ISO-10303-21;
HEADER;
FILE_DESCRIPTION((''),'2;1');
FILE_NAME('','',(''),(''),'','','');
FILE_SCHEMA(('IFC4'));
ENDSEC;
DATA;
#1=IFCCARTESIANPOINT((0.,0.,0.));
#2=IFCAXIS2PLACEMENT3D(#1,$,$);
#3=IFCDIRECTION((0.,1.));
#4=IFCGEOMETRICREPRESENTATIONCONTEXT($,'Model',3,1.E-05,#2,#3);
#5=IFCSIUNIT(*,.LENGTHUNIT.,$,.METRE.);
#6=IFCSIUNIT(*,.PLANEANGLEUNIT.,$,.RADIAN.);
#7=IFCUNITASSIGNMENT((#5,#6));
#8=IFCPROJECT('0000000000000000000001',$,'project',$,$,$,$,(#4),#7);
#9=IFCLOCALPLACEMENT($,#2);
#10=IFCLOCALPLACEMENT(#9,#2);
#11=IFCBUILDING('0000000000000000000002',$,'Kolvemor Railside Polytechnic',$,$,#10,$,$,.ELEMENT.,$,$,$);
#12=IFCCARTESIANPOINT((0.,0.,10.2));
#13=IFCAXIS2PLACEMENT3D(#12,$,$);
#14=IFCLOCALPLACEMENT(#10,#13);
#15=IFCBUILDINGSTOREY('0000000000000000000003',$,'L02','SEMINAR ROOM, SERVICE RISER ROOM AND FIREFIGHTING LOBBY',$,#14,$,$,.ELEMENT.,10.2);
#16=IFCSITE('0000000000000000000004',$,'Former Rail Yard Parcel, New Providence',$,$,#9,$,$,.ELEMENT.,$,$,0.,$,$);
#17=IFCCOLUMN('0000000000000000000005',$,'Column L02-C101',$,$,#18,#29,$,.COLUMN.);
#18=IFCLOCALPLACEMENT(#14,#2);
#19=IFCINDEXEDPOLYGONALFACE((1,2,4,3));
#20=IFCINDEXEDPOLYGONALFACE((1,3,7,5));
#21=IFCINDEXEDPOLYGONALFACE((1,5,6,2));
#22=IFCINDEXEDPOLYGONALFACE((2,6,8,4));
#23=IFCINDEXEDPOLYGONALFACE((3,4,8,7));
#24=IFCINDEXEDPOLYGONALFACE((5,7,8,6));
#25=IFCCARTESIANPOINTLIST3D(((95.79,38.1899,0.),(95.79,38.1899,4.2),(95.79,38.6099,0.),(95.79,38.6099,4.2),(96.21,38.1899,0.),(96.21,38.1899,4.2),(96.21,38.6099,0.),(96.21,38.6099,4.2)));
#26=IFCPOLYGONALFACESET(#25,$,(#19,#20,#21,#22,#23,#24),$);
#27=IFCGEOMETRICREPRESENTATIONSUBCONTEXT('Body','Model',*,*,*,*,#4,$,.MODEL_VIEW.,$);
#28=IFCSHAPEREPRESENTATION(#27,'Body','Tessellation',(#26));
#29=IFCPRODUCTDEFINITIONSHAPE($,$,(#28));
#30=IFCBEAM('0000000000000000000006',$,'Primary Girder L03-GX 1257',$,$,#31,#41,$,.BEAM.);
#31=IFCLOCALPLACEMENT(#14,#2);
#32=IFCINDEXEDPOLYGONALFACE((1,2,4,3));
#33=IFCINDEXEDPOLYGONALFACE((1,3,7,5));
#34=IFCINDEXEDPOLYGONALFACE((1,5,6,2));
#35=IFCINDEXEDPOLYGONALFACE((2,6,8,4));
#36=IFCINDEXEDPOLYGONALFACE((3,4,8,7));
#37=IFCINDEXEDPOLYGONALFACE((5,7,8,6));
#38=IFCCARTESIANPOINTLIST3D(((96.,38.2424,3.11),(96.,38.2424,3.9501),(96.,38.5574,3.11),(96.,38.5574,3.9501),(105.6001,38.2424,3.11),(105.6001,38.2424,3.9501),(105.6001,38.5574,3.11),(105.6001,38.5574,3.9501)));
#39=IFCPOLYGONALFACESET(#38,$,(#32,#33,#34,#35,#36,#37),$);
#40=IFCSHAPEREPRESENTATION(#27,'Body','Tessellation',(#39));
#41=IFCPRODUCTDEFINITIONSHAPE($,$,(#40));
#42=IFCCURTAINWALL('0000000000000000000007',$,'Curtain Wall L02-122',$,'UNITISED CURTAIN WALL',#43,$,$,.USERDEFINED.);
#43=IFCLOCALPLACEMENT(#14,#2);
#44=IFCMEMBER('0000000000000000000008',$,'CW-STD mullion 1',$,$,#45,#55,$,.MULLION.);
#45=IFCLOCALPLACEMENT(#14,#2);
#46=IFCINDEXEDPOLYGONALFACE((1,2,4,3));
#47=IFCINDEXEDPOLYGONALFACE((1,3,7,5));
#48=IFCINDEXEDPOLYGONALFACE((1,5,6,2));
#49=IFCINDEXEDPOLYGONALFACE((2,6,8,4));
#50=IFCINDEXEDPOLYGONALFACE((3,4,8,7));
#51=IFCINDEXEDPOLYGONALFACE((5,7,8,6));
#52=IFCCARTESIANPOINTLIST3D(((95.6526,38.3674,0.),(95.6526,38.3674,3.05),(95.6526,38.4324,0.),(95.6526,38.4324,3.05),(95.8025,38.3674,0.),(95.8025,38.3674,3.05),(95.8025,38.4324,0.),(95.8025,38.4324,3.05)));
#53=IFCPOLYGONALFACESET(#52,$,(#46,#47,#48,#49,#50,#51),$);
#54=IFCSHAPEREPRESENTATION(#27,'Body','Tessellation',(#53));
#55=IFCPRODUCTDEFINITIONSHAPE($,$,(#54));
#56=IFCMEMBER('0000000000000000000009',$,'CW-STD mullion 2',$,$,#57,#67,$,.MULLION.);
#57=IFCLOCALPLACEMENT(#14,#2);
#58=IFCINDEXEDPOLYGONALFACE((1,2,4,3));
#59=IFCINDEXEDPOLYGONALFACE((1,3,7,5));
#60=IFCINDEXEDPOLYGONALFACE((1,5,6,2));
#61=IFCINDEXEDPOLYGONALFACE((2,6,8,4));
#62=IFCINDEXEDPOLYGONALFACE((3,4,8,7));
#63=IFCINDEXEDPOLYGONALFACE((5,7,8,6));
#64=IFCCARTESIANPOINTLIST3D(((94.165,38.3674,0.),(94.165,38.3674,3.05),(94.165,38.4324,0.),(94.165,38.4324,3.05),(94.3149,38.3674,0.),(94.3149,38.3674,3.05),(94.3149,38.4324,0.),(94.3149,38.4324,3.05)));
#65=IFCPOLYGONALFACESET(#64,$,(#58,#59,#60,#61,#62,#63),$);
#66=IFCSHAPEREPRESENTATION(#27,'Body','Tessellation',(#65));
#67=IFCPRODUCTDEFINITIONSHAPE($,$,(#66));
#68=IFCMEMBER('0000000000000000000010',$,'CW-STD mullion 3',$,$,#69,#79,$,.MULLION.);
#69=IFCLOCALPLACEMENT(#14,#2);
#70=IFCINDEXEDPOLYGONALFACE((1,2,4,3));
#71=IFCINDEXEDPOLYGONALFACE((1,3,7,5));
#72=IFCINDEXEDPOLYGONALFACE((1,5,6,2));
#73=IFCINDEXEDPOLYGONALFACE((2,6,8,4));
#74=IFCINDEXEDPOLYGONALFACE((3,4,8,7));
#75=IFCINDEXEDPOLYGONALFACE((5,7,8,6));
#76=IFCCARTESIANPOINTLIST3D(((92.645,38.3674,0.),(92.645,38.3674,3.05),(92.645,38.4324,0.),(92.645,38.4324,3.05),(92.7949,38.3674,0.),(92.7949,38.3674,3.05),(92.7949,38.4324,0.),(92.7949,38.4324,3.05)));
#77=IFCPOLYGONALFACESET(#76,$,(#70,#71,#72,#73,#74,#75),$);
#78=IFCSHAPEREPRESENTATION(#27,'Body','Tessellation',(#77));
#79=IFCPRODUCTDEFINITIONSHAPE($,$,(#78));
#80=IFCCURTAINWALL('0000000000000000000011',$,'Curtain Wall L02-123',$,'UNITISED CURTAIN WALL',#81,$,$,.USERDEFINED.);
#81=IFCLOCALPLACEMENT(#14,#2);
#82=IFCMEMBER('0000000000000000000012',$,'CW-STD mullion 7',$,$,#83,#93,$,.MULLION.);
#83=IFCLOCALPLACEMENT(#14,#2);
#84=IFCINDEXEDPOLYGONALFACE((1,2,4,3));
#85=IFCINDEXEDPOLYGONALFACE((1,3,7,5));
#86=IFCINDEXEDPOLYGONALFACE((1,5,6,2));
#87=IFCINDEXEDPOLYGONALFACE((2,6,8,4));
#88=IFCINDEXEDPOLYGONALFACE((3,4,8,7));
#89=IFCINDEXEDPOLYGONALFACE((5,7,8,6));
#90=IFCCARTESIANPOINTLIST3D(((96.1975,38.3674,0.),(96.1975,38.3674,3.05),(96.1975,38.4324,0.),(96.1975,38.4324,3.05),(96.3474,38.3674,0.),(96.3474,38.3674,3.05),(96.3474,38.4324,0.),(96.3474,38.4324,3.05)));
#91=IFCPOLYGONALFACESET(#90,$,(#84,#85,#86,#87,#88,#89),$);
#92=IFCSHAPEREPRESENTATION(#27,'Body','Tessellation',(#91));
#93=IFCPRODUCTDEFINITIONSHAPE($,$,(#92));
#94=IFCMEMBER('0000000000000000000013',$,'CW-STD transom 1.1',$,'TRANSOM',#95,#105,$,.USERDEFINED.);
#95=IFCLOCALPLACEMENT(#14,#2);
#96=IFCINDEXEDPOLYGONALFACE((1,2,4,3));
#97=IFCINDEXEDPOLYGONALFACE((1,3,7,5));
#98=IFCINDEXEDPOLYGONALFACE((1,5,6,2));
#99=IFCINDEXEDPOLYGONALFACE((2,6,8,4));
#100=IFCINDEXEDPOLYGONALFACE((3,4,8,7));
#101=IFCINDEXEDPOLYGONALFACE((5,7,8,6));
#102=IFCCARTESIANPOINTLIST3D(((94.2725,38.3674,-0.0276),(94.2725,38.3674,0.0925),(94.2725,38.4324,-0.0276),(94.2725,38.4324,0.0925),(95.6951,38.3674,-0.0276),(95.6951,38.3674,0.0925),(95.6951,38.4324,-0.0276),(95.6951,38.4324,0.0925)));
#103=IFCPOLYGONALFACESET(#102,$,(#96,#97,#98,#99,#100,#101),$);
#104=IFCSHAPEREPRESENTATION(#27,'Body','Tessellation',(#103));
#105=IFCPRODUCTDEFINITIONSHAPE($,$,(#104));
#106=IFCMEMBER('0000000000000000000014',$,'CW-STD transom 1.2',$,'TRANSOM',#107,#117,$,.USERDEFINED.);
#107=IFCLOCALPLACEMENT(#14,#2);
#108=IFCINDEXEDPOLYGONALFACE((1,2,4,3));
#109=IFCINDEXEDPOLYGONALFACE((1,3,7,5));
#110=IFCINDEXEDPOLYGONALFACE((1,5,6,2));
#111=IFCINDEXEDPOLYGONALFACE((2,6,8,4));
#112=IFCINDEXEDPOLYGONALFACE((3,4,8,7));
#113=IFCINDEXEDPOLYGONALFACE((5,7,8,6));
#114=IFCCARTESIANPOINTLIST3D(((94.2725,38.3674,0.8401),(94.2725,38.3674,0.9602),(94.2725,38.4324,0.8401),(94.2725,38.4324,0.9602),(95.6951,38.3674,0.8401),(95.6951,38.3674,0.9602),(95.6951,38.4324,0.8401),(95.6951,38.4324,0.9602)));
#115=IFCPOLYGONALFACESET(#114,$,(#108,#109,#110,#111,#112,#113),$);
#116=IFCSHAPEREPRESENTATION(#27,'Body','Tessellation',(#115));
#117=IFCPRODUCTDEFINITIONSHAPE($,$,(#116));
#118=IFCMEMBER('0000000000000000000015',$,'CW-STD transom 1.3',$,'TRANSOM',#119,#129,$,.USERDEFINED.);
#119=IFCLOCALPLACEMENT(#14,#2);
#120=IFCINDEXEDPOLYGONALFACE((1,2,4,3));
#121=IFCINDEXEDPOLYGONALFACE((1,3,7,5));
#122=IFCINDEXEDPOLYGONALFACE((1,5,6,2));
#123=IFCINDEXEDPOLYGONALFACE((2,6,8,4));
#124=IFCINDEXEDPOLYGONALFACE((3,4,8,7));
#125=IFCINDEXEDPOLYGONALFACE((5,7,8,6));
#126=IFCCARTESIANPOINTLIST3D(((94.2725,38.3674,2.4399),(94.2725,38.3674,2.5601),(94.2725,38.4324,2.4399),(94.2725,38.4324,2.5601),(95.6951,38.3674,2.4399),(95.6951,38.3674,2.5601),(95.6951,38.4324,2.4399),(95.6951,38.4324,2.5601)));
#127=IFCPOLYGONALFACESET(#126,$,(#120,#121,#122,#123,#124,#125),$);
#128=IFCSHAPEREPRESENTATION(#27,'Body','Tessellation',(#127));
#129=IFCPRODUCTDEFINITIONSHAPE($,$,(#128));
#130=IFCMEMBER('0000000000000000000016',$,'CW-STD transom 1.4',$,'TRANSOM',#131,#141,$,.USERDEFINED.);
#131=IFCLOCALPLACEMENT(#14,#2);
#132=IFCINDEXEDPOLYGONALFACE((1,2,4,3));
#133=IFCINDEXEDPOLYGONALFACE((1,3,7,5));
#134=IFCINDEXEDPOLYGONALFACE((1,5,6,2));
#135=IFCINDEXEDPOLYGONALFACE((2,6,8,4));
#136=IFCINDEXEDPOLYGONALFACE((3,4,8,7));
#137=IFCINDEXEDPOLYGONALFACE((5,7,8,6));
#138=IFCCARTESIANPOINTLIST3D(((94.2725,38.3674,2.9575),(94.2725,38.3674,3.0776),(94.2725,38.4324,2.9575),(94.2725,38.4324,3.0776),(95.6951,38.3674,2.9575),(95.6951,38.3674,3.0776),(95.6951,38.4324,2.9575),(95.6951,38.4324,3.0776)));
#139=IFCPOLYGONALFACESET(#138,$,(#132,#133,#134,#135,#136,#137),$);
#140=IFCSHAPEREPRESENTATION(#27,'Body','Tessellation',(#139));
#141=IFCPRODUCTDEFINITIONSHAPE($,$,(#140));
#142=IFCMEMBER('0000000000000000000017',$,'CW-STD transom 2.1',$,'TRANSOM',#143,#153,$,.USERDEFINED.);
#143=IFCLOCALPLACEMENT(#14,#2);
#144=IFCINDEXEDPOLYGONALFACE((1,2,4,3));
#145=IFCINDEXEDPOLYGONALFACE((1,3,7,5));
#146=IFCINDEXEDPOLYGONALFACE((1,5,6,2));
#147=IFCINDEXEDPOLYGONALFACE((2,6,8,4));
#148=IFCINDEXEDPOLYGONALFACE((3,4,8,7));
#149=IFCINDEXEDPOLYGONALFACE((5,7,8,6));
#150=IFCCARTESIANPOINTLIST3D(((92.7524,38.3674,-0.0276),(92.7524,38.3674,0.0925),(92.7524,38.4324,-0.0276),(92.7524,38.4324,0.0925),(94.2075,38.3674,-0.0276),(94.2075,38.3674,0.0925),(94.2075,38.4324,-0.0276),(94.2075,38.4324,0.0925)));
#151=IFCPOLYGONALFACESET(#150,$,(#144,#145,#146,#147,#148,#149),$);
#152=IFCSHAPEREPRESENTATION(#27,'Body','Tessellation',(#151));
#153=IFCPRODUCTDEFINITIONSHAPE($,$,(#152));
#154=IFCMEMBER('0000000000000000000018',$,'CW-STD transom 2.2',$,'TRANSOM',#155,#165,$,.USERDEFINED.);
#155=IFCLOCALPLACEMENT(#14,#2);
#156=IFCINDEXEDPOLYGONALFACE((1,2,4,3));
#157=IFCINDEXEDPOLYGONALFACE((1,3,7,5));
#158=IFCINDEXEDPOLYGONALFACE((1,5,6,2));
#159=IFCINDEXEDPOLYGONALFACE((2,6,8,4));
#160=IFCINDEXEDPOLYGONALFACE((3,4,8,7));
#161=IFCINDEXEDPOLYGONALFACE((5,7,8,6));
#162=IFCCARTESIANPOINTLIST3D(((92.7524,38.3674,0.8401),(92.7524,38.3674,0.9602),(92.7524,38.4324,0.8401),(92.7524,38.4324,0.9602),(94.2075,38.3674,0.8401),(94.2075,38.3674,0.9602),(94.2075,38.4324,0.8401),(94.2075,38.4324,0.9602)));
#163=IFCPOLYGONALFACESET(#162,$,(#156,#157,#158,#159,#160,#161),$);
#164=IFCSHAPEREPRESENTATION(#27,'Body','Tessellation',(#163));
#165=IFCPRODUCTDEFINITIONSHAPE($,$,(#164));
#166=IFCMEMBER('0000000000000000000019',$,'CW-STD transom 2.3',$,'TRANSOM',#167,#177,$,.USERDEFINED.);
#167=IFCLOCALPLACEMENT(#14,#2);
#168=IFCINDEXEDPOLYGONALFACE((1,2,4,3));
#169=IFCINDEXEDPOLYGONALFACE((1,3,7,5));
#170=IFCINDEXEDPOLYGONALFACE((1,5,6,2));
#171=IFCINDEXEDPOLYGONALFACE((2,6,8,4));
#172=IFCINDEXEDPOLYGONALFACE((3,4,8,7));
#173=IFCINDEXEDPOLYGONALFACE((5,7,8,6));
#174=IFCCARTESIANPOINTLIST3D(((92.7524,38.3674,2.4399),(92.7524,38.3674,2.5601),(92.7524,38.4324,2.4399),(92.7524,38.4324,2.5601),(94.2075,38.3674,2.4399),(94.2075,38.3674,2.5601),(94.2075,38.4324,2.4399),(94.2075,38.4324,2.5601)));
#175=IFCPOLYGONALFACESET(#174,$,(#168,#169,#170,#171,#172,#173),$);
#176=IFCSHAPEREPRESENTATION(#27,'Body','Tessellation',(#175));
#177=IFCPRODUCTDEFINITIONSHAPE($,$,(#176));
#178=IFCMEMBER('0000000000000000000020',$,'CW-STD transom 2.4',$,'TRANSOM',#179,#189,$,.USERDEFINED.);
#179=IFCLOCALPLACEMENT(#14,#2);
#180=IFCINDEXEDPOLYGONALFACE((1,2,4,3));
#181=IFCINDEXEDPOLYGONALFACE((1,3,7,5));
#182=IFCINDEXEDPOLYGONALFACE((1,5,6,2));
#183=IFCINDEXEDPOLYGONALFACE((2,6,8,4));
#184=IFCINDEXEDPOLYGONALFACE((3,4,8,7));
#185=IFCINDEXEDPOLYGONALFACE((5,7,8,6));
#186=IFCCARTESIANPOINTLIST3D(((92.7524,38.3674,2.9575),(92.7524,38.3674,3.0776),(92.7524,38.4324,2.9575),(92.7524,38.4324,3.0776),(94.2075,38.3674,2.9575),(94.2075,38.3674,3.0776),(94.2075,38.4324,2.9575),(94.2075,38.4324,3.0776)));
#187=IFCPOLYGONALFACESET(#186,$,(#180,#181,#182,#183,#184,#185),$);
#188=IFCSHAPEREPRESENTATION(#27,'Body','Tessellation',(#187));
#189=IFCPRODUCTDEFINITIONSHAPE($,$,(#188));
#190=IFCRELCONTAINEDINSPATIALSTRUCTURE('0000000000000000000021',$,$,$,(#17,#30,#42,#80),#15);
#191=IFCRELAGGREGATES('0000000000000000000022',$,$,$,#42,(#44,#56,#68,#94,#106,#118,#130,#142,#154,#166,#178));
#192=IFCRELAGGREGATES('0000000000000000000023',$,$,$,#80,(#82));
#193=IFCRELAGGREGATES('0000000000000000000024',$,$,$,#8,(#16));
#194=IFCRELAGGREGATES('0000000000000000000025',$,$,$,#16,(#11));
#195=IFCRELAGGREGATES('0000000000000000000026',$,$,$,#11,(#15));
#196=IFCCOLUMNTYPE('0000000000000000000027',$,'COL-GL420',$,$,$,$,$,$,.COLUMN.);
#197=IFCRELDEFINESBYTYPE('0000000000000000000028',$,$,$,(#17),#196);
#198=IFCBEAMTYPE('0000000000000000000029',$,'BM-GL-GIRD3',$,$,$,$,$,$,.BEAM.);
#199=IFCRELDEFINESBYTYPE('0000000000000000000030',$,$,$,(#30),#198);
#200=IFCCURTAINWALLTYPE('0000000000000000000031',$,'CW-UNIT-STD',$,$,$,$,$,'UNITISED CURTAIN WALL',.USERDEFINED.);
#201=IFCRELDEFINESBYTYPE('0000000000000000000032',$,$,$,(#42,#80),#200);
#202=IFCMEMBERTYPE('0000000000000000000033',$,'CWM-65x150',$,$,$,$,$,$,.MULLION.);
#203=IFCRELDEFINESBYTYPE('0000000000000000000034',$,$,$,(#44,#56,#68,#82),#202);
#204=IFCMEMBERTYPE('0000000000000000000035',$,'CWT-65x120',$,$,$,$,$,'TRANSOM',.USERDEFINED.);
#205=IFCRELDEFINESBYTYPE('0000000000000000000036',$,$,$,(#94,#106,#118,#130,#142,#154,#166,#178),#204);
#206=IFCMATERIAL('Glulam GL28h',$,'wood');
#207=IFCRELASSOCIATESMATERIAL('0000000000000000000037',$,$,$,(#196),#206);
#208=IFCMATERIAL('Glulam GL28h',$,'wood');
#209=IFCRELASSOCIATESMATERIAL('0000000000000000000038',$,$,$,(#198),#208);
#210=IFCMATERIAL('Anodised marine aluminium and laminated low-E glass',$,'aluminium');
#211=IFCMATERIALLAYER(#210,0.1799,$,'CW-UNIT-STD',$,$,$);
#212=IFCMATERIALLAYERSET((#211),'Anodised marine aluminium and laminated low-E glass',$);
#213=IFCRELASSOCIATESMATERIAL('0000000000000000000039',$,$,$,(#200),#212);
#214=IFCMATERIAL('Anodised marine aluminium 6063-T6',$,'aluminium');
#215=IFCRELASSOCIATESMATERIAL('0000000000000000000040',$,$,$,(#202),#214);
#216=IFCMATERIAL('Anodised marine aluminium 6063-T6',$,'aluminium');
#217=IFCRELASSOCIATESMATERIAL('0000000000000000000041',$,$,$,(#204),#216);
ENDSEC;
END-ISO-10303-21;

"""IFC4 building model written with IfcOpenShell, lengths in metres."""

from ifc_helpers import new_model, si_unit, direction, frame, origin, origin_2d, place, context, subcontext, project, spatial, rectangle, extrude, material, layer, layer_set, material_profile, profile_set, type_object, element, aggregate, save


model = new_model("IFC4")

# Units and contexts
model_context = context("Model", 3, precision=1e-05, world=origin(), true_north=direction((0.0, 1.0)))
body_context = subcontext(model_context, "Body", "Model", "MODEL_VIEW")
ifc_project = project(units=[si_unit("LENGTHUNIT", "METRE"), si_unit("PLANEANGLEUNIT", "RADIAN")], contexts=[model_context])

# Site, building, storey
site_placement = place(None, origin())
site = spatial("IfcSite", under=ifc_project, at=site_placement, Name="Former Rail Yard Parcel, New Providence", CompositionType="ELEMENT", RefElevation=0.0)
building_placement = place(site_placement, origin())
building = spatial("IfcBuilding", under=site, at=building_placement, Name="Kolvemor Railside Polytechnic", CompositionType="ELEMENT")
storey_placement = place(building_placement, frame((0.0, 0.0, 10.2)))
storey = spatial("IfcBuildingStorey", under=building, at=storey_placement, Name="L02", Description="SEMINAR ROOM, SERVICE RISER ROOM AND FIREFIGHTING LOBBY", CompositionType="ELEMENT", Elevation=10.2)

# Column
ifc_material_1 = material(Name="Glulam GL28h", Category="wood")
ifc_material_profile_1 = material_profile(ifc_material_1, rectangle(XDim=0.4199, YDim=0.4199, at=origin_2d()), Name="GL420x420")
ifc_profile_set_1 = profile_set([ifc_material_profile_1], Name="Glulam GL28h")
column_type = type_object("IfcColumnType", Name="COL-GL420", PredefinedType="COLUMN", material=ifc_profile_set_1)
column_placement = place(storey_placement, frame((96.0, 38.3999, 0.0), z_axis=(0.0, 0.0, 1.0), x_axis=(1.0, 0.0, 0.0)))
element("IfcColumn", 1, at=column_placement, inside=storey, type_object=column_type, Name="Column L02-C101", PredefinedType="COLUMN", context=body_context, shape_type="SweptSolid", body=[
    extrude(rectangle(XDim=0.4199, YDim=0.4199, at=origin_2d()), origin(), (0.0, 0.0, 1.0), 4.2),
])

# Beam
ifc_material_2 = material(Name="Glulam GL28h", Category="wood")
ifc_material_profile_2 = material_profile(ifc_material_2, rectangle(XDim=0.3149, YDim=0.8401, at=origin_2d()), Name="GL315x840")
ifc_profile_set_2 = profile_set([ifc_material_profile_2], Name="Glulam GL28h")
beam_type = type_object("IfcBeamType", Name="BM-GL-GIRD3", PredefinedType="BEAM", material=ifc_profile_set_2)
beam_placement = place(storey_placement, frame((96.0, 38.3999, 3.53), z_axis=(1.0, 0.0, 0.0), x_axis=(0.0, 1.0, 0.0)))
element("IfcBeam", 2, at=beam_placement, inside=storey, type_object=beam_type, Name="Primary Girder L03-GX 1257", PredefinedType="BEAM", context=body_context, shape_type="SweptSolid", body=[
    extrude(rectangle(XDim=0.3149, YDim=0.8401, at=origin_2d()), origin(), (0.0, 0.0, 1.0), 9.6001),
])

# Curtain wall, members
ifc_material_3 = material(Name="Anodised marine aluminium and laminated low-E glass", Category="aluminium")
ifc_layer_1 = layer(ifc_material_3, 0.1799, Name="CW-UNIT-STD")
ifc_layer_set_1 = layer_set([ifc_layer_1], Name="Anodised marine aluminium and laminated low-E glass")
curtain_wall_type = type_object("IfcCurtainWallType", Name="CW-UNIT-STD", ElementType="UNITISED CURTAIN WALL", PredefinedType="USERDEFINED", material=ifc_layer_set_1)
curtain_wall_1_placement = place(storey_placement, origin())
curtain_wall_1 = element("IfcCurtainWall", 3, at=curtain_wall_1_placement, inside=storey, type_object=curtain_wall_type, Name="Curtain Wall L02-122", ObjectType="UNITISED CURTAIN WALL", PredefinedType="USERDEFINED")
ifc_material_4 = material(Name="Anodised marine aluminium 6063-T6", Category="aluminium")
ifc_material_profile_3 = material_profile(ifc_material_4, rectangle(XDim=0.0649, YDim=0.1499, at=origin_2d()), Name="CW-MUL-65x150")
ifc_profile_set_3 = profile_set([ifc_material_profile_3], Name="Anodised marine aluminium 6063-T6")
member_type_1 = type_object("IfcMemberType", Name="CWM-65x150", PredefinedType="MULLION", material=ifc_profile_set_3)
member_1_placement = place(storey_placement, frame((95.7275, 38.3999, 0.0), z_axis=(0.0, 0.0, 1.0), x_axis=(0.0, -1.0, 0.0)))
member_1 = element("IfcMember", 4, at=member_1_placement, type_object=member_type_1, Name="CW-STD mullion 1", PredefinedType="MULLION", context=body_context, shape_type="SweptSolid", body=[
    extrude(rectangle(XDim=0.0649, YDim=0.1499, at=origin_2d()), origin(), (0.0, 0.0, 1.0), 3.05),
])
member_2_placement = place(storey_placement, frame((94.24, 38.3999, 0.0), z_axis=(0.0, 0.0, 1.0), x_axis=(0.0, -1.0, 0.0)))
member_2 = element("IfcMember", 5, at=member_2_placement, type_object=member_type_1, Name="CW-STD mullion 2", PredefinedType="MULLION", context=body_context, shape_type="SweptSolid", body=[
    extrude(rectangle(XDim=0.0649, YDim=0.1499, at=origin_2d()), origin(), (0.0, 0.0, 1.0), 3.05),
])
member_3_placement = place(storey_placement, frame((92.72, 38.3999, 0.0), z_axis=(0.0, 0.0, 1.0), x_axis=(0.0, -1.0, 0.0)))
member_3 = element("IfcMember", 6, at=member_3_placement, type_object=member_type_1, Name="CW-STD mullion 3", PredefinedType="MULLION", context=body_context, shape_type="SweptSolid", body=[
    extrude(rectangle(XDim=0.0649, YDim=0.1499, at=origin_2d()), origin(), (0.0, 0.0, 1.0), 3.05),
])

# Curtain wall, member
curtain_wall_2_placement = place(storey_placement, origin())
curtain_wall_2 = element("IfcCurtainWall", 7, at=curtain_wall_2_placement, inside=storey, type_object=curtain_wall_type, Name="Curtain Wall L02-123", ObjectType="UNITISED CURTAIN WALL", PredefinedType="USERDEFINED")
member_4_placement = place(storey_placement, frame((96.2725, 38.3999, 0.0), z_axis=(0.0, 0.0, 1.0), x_axis=(0.0, -1.0, 0.0)))
member_4 = element("IfcMember", 8, at=member_4_placement, type_object=member_type_1, Name="CW-STD mullion 7", PredefinedType="MULLION", context=body_context, shape_type="SweptSolid", body=[
    extrude(rectangle(XDim=0.0649, YDim=0.1499, at=origin_2d()), origin(), (0.0, 0.0, 1.0), 3.05),
])

# Members
ifc_material_5 = material(Name="Anodised marine aluminium 6063-T6", Category="aluminium")
ifc_material_profile_4 = material_profile(ifc_material_5, rectangle(XDim=0.0649, YDim=0.1201, at=origin_2d()), Name="CW-TRN-65x120")
ifc_profile_set_4 = profile_set([ifc_material_profile_4], Name="Anodised marine aluminium 6063-T6")
member_type_2 = type_object("IfcMemberType", Name="CWT-65x120", ElementType="TRANSOM", PredefinedType="USERDEFINED", material=ifc_profile_set_4)
member_5_placement = place(storey_placement, frame((95.6951, 38.3999, 0.0325), z_axis=(-1.0, 0.0, 0.0), x_axis=(0.0, -1.0, 0.0)))
member_5 = element("IfcMember", 9, at=member_5_placement, type_object=member_type_2, Name="CW-STD transom 1.1", ObjectType="TRANSOM", PredefinedType="USERDEFINED", context=body_context, shape_type="SweptSolid", body=[
    extrude(rectangle(XDim=0.0649, YDim=0.1201, at=origin_2d()), origin(), (0.0, 0.0, 1.0), 1.4226),
])
member_6_placement = place(storey_placement, frame((95.6951, 38.3999, 0.9001), z_axis=(-1.0, 0.0, 0.0), x_axis=(0.0, -1.0, 0.0)))
member_6 = element("IfcMember", 10, at=member_6_placement, type_object=member_type_2, Name="CW-STD transom 1.2", ObjectType="TRANSOM", PredefinedType="USERDEFINED", context=body_context, shape_type="SweptSolid", body=[
    extrude(rectangle(XDim=0.0649, YDim=0.1201, at=origin_2d()), origin(), (0.0, 0.0, 1.0), 1.4226),
])
member_7_placement = place(storey_placement, frame((95.6951, 38.3999, 2.5), z_axis=(-1.0, 0.0, 0.0), x_axis=(0.0, -1.0, 0.0)))
member_7 = element("IfcMember", 11, at=member_7_placement, type_object=member_type_2, Name="CW-STD transom 1.3", ObjectType="TRANSOM", PredefinedType="USERDEFINED", context=body_context, shape_type="SweptSolid", body=[
    extrude(rectangle(XDim=0.0649, YDim=0.1201, at=origin_2d()), origin(), (0.0, 0.0, 1.0), 1.4226),
])
member_8_placement = place(storey_placement, frame((95.6951, 38.3999, 3.0176), z_axis=(-1.0, 0.0, 0.0), x_axis=(0.0, -1.0, 0.0)))
member_8 = element("IfcMember", 12, at=member_8_placement, type_object=member_type_2, Name="CW-STD transom 1.4", ObjectType="TRANSOM", PredefinedType="USERDEFINED", context=body_context, shape_type="SweptSolid", body=[
    extrude(rectangle(XDim=0.0649, YDim=0.1201, at=origin_2d()), origin(), (0.0, 0.0, 1.0), 1.4226),
])
member_9_placement = place(storey_placement, frame((94.2075, 38.3999, 0.0325), z_axis=(-1.0, 0.0, 0.0), x_axis=(0.0, -1.0, 0.0)))
member_9 = element("IfcMember", 13, at=member_9_placement, type_object=member_type_2, Name="CW-STD transom 2.1", ObjectType="TRANSOM", PredefinedType="USERDEFINED", context=body_context, shape_type="SweptSolid", body=[
    extrude(rectangle(XDim=0.0649, YDim=0.1201, at=origin_2d()), origin(), (0.0, 0.0, 1.0), 1.4551),
])
member_10_placement = place(storey_placement, frame((94.2075, 38.3999, 0.9001), z_axis=(-1.0, 0.0, 0.0), x_axis=(0.0, -1.0, 0.0)))
member_10 = element("IfcMember", 14, at=member_10_placement, type_object=member_type_2, Name="CW-STD transom 2.2", ObjectType="TRANSOM", PredefinedType="USERDEFINED", context=body_context, shape_type="SweptSolid", body=[
    extrude(rectangle(XDim=0.0649, YDim=0.1201, at=origin_2d()), origin(), (0.0, 0.0, 1.0), 1.4551),
])
member_11_placement = place(storey_placement, frame((94.2075, 38.3999, 2.5), z_axis=(-1.0, 0.0, 0.0), x_axis=(0.0, -1.0, 0.0)))
member_11 = element("IfcMember", 15, at=member_11_placement, type_object=member_type_2, Name="CW-STD transom 2.3", ObjectType="TRANSOM", PredefinedType="USERDEFINED", context=body_context, shape_type="SweptSolid", body=[
    extrude(rectangle(XDim=0.0649, YDim=0.1201, at=origin_2d()), origin(), (0.0, 0.0, 1.0), 1.4551),
])
member_12_placement = place(storey_placement, frame((94.2075, 38.3999, 3.0176), z_axis=(-1.0, 0.0, 0.0), x_axis=(0.0, -1.0, 0.0)))
member_12 = element("IfcMember", 16, at=member_12_placement, type_object=member_type_2, Name="CW-STD transom 2.4", ObjectType="TRANSOM", PredefinedType="USERDEFINED", context=body_context, shape_type="SweptSolid", body=[
    extrude(rectangle(XDim=0.0649, YDim=0.1201, at=origin_2d()), origin(), (0.0, 0.0, 1.0), 1.4551),
])

aggregate(curtain_wall_1, [member_1, member_2, member_3, member_5, member_6, member_7, member_8, member_9, member_10, member_11, member_12])
aggregate(curtain_wall_2, [member_4])

save(model, "model.ifc")
